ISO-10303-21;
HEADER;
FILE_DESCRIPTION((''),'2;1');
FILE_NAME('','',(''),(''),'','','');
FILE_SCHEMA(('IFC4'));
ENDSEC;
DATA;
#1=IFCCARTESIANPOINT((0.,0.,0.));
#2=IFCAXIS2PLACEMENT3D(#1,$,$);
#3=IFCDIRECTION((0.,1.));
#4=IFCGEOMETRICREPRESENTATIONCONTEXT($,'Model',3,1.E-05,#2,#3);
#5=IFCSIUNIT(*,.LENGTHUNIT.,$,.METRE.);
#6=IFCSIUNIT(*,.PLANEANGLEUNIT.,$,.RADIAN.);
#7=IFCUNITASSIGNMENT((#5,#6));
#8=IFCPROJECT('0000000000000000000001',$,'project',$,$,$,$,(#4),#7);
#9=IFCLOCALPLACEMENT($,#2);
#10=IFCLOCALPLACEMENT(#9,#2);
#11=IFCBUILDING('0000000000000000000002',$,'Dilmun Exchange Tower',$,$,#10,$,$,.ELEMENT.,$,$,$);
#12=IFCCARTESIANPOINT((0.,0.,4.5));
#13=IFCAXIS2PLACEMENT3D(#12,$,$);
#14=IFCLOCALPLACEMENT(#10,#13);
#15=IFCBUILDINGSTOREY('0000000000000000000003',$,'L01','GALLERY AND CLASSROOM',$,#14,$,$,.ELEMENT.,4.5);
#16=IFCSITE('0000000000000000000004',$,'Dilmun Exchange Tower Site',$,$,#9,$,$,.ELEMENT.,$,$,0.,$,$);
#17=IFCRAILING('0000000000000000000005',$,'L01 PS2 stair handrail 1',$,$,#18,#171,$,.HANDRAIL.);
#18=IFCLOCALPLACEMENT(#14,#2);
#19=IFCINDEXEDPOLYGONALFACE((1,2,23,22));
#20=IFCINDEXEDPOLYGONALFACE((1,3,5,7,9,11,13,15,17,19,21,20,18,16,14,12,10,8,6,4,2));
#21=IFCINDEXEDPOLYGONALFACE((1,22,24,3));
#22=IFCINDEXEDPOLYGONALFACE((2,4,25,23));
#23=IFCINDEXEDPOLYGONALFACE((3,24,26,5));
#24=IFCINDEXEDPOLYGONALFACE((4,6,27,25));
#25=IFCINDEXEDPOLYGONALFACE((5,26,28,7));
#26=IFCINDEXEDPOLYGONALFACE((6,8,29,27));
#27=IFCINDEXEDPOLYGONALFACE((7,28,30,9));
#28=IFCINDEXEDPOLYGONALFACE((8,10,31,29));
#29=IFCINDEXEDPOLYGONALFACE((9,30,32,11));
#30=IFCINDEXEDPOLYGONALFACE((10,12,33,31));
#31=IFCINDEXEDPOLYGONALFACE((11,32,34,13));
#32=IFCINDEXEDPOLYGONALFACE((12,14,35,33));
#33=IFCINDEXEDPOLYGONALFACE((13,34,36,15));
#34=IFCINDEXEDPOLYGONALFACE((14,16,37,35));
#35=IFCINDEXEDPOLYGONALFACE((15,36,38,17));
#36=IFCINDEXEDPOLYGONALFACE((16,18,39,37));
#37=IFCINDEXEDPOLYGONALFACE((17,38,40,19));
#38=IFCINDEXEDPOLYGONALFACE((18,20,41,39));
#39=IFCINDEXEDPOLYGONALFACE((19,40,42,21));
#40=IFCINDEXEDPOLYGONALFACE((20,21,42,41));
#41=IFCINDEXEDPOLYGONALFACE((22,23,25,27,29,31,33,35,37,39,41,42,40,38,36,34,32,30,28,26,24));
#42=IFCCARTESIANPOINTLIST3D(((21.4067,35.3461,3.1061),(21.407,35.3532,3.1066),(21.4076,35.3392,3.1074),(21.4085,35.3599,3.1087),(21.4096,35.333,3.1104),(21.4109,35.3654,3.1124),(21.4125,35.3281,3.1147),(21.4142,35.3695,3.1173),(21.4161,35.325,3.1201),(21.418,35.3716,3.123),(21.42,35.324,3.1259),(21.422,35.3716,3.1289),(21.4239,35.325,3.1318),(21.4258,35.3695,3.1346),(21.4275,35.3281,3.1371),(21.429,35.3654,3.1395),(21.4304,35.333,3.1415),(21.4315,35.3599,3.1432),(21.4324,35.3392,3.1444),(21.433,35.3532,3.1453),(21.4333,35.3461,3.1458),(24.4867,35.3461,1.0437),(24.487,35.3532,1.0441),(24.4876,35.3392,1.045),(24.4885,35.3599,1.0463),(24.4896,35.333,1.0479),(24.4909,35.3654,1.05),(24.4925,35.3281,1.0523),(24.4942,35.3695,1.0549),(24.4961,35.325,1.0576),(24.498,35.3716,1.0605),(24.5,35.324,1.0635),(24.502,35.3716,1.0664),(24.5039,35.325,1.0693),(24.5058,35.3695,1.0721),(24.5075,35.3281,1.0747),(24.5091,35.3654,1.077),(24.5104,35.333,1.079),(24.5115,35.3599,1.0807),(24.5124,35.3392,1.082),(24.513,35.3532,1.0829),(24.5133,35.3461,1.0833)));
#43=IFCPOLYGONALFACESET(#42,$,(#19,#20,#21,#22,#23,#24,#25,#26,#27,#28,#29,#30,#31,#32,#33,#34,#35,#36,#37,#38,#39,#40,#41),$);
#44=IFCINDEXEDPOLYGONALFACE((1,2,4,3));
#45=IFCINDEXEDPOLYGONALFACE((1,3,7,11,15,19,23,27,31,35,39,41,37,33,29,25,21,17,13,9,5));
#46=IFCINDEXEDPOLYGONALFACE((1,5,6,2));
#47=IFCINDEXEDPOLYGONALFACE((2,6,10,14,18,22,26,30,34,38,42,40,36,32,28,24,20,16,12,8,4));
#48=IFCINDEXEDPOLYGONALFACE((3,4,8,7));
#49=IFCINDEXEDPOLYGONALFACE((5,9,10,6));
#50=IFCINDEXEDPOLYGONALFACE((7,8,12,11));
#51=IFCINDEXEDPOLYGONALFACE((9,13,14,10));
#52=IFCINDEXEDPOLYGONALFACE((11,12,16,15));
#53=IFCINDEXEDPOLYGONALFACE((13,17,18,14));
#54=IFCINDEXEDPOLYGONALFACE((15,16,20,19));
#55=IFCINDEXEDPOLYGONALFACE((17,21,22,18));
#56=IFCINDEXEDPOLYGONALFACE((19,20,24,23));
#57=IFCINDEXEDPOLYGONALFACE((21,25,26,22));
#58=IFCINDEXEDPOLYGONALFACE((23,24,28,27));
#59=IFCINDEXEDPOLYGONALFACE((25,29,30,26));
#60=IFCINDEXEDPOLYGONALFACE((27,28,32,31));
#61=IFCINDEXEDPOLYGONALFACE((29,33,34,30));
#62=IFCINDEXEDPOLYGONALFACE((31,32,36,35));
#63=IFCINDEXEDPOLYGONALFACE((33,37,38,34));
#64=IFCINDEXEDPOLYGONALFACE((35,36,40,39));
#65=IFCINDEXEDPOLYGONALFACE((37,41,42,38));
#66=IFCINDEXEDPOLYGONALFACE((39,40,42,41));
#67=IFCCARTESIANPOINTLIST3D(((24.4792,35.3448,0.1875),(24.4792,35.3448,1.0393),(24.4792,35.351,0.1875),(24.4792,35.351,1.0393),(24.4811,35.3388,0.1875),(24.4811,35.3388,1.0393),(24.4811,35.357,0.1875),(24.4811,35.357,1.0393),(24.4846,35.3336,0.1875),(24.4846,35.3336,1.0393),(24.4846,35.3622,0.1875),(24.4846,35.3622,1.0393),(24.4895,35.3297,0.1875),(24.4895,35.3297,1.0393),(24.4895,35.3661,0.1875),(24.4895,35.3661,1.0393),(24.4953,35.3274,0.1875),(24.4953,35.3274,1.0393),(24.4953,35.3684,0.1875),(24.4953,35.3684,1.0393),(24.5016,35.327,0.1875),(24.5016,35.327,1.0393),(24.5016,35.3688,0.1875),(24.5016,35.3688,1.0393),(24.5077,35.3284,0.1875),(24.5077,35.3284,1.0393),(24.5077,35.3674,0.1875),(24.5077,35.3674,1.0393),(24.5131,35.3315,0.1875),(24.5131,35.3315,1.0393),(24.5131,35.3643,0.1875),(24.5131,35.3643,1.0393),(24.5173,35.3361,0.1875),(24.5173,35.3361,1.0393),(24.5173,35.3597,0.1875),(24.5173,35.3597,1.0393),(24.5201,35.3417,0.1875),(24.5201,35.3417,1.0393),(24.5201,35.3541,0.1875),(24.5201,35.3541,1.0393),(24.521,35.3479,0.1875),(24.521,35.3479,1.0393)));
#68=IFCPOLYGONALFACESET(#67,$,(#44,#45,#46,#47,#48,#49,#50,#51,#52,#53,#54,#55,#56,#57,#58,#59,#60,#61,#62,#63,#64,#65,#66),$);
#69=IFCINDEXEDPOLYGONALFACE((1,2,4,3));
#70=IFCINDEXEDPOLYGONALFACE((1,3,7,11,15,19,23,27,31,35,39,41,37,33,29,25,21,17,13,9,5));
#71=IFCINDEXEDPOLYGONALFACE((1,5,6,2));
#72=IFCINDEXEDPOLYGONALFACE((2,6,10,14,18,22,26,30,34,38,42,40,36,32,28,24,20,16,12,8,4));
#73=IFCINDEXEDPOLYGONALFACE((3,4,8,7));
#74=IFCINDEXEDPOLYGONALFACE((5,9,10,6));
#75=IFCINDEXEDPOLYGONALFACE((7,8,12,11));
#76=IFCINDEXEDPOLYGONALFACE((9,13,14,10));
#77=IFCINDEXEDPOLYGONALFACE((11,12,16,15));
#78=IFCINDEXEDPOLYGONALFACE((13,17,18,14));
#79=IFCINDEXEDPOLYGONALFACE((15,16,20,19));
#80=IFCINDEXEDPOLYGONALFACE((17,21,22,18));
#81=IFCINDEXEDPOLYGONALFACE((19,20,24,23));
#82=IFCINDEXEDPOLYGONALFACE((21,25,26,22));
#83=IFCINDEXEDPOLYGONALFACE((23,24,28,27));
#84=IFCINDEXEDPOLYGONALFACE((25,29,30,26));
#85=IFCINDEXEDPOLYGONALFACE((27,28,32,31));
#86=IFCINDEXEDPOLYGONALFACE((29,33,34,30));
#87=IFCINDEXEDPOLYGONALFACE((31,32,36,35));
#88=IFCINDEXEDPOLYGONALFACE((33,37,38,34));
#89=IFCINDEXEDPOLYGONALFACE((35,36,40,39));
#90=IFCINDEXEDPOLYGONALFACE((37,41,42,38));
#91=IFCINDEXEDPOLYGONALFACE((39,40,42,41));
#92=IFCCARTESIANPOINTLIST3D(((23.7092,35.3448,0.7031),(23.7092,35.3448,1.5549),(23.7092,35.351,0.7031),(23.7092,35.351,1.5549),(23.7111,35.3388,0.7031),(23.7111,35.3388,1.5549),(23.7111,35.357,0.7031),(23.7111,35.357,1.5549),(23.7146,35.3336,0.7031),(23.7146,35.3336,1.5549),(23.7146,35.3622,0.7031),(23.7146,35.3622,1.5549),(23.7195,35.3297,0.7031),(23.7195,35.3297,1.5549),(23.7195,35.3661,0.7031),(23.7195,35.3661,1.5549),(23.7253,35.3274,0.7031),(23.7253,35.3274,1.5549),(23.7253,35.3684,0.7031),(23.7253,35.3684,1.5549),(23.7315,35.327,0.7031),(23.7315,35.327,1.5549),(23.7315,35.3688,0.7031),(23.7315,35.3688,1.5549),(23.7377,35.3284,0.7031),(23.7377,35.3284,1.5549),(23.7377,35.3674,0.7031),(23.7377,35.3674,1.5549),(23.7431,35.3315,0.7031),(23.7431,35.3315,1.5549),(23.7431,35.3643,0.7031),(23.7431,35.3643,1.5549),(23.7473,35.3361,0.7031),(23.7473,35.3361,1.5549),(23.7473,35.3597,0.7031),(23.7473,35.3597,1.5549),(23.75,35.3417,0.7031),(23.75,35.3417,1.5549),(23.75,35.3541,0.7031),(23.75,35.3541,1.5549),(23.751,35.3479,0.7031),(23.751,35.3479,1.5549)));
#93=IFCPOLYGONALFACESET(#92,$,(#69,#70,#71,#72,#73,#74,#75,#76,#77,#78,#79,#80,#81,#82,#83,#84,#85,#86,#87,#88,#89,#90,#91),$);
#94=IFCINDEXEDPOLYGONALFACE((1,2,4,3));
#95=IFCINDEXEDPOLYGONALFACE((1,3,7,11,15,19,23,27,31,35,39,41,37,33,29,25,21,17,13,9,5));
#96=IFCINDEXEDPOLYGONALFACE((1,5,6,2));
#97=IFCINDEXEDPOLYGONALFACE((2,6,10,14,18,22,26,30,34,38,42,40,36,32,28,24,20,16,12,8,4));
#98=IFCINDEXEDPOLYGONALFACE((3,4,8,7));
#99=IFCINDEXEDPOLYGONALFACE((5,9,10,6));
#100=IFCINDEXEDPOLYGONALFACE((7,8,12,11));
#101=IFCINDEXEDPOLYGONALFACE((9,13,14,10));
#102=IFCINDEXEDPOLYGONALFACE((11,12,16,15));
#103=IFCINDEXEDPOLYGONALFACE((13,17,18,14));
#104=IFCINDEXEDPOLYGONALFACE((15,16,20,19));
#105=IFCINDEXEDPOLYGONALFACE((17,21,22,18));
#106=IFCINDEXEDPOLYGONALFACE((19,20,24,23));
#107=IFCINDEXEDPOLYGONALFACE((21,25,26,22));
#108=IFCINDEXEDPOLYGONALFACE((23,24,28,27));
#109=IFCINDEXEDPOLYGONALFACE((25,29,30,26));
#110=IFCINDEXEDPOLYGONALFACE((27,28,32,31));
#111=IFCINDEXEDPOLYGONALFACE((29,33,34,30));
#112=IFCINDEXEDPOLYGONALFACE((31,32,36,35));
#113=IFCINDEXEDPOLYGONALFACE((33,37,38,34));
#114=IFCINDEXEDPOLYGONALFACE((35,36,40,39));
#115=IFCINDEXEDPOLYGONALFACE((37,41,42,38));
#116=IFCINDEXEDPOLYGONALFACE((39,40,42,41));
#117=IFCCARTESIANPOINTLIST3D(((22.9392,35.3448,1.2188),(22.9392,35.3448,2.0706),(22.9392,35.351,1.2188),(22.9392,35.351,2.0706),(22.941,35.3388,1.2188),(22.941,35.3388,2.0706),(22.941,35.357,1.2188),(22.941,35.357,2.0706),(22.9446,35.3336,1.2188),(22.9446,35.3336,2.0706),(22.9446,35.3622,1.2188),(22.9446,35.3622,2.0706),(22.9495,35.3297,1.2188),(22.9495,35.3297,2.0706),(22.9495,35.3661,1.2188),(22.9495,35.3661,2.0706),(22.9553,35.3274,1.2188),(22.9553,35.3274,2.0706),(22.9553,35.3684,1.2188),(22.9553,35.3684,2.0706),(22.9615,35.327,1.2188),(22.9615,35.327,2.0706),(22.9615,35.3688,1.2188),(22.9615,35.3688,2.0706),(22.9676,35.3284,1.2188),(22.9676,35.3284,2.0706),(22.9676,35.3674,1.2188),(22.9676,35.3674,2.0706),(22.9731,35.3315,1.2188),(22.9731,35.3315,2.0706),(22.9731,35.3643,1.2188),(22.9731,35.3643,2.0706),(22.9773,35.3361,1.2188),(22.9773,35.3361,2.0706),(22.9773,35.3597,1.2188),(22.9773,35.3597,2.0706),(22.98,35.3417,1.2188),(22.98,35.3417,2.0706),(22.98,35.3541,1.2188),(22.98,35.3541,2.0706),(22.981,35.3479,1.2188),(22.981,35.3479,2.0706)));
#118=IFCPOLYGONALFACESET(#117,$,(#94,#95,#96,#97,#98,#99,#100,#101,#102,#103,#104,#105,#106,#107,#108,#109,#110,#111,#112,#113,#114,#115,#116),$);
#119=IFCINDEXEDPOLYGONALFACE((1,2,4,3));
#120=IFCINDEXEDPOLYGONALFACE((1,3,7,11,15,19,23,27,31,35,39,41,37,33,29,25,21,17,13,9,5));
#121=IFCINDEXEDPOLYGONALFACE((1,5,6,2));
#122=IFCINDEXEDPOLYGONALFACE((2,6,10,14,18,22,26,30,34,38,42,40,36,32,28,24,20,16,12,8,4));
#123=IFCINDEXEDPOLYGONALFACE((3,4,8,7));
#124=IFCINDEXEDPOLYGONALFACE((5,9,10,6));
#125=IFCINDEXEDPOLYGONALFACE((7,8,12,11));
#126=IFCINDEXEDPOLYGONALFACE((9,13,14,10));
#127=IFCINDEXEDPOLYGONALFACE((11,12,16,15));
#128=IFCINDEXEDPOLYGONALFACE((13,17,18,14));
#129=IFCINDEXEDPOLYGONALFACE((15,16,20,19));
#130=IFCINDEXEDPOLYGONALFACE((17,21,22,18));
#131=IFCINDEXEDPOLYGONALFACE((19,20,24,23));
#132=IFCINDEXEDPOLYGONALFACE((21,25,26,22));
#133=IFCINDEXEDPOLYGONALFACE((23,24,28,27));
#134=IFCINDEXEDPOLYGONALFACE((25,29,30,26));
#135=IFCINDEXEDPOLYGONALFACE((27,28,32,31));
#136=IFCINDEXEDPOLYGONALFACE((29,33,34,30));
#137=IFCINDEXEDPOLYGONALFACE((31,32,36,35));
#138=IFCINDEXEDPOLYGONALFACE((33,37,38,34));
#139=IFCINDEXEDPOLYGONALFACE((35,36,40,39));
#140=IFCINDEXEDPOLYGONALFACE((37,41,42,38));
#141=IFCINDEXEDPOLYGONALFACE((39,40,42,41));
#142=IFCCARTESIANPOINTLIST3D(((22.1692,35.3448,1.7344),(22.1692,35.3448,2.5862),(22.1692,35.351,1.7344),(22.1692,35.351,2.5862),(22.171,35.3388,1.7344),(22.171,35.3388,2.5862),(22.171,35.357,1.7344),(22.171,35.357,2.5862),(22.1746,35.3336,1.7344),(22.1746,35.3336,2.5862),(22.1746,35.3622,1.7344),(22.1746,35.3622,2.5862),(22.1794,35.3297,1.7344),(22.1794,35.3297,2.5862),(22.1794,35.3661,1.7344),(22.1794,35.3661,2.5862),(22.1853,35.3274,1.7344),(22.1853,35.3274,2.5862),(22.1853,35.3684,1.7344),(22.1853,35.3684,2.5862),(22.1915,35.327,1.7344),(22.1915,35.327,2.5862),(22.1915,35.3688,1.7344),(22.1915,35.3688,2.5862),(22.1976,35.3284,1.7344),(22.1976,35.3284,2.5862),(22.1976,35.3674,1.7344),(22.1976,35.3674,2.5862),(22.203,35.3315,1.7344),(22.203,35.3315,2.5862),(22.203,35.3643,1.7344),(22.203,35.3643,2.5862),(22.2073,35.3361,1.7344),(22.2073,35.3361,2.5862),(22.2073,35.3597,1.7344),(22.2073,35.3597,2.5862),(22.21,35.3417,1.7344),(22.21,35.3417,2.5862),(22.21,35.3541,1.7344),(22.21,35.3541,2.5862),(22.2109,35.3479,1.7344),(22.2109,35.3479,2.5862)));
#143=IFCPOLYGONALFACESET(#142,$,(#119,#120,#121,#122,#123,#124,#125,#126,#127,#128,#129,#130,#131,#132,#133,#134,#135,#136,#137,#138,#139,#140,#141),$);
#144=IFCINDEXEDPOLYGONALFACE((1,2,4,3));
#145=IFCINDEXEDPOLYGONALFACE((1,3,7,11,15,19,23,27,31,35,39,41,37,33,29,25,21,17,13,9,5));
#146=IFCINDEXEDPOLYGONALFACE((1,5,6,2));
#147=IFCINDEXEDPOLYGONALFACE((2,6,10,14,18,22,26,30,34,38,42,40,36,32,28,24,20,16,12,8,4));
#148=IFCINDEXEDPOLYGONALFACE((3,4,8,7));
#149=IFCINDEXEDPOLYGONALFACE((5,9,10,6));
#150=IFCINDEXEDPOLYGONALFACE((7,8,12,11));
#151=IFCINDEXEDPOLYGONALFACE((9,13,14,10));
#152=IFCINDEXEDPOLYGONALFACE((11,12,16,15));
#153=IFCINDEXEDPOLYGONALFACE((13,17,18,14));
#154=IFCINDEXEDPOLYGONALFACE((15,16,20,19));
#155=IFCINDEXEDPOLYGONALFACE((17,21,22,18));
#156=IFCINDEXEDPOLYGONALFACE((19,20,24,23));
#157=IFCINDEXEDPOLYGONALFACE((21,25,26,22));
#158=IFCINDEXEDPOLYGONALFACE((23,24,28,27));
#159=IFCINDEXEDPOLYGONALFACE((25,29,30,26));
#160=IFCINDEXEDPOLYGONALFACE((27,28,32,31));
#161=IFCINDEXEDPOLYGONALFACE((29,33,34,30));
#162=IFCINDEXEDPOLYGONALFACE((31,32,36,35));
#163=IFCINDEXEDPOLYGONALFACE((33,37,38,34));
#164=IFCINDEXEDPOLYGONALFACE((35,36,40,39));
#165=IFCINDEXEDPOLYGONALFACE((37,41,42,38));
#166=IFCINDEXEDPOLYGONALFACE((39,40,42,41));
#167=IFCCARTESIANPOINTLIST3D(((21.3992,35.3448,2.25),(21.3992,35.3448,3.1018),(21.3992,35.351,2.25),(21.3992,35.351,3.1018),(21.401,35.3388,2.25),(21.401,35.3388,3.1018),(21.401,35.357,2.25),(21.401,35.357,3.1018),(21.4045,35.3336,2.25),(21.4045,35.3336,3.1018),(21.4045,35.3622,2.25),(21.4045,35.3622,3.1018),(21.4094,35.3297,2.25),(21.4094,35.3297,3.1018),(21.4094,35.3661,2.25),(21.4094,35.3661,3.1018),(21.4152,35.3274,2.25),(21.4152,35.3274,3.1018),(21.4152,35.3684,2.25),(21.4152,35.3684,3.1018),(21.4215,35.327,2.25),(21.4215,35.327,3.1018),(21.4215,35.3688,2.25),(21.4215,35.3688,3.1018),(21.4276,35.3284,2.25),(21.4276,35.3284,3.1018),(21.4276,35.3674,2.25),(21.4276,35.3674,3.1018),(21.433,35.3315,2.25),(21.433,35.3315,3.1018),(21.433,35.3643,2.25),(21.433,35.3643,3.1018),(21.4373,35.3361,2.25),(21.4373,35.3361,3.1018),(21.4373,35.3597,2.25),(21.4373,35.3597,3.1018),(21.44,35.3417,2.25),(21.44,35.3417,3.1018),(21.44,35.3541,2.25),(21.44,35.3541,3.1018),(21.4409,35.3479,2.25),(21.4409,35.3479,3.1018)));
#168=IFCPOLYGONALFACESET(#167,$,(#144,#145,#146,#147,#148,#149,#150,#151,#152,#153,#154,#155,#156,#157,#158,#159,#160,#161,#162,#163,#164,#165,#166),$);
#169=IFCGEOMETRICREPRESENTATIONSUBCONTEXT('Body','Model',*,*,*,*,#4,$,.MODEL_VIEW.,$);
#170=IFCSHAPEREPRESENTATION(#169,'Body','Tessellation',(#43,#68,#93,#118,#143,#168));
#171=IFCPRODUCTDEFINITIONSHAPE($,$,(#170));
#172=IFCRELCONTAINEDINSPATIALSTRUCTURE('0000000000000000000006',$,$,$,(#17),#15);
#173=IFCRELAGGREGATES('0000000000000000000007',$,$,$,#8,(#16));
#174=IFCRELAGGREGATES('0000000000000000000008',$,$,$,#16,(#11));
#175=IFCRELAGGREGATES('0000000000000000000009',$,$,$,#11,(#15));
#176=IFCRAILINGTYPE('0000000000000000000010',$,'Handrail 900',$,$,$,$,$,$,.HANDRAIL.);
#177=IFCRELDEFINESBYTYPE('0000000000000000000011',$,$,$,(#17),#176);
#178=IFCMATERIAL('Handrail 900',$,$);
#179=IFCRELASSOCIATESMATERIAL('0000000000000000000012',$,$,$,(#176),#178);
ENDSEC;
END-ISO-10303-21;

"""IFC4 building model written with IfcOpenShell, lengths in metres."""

from ifc_helpers import new_model, si_unit, direction, frame, origin, origin_2d, place, context, subcontext, project, spatial, circle, extrude, material, type_object, element, save


model = new_model("IFC4")

# Units and contexts
model_context = context("Model", 3, precision=1e-05, world=origin(), true_north=direction((0.0, 1.0)))
body_context = subcontext(model_context, "Body", "Model", "MODEL_VIEW")
ifc_project = project(units=[si_unit("LENGTHUNIT", "METRE"), si_unit("PLANEANGLEUNIT", "RADIAN")], contexts=[model_context])

# Site, building, storey
site_placement = place(None, origin())
site = spatial("IfcSite", under=ifc_project, at=site_placement, Name="Dilmun Exchange Tower Site", CompositionType="ELEMENT", RefElevation=0.0)
building_placement = place(site_placement, origin())
building = spatial("IfcBuilding", under=site, at=building_placement, Name="Dilmun Exchange Tower", CompositionType="ELEMENT")
storey_placement = place(building_placement, frame((0.0, 0.0, 4.5)))
storey = spatial("IfcBuildingStorey", under=building, at=storey_placement, Name="L01", Description="GALLERY AND CLASSROOM", CompositionType="ELEMENT", Elevation=4.5)

# Railing
ifc_material_1 = material(Name="Handrail 900")
railing_type_1 = type_object("IfcRailingType", Name="Handrail 900", PredefinedType="HANDRAIL", material=ifc_material_1)
railing_1_placement = place(storey_placement, frame((24.5, 35.3479, 0.1875)))
element("IfcRailing", 1, at=railing_1_placement, inside=storey, type_object=railing_type_1, Name="L01 PS2 stair handrail 1", PredefinedType="HANDRAIL", context=body_context, shape_type="SweptSolid", body=[
    extrude(circle(Radius=0.0239, at=origin_2d()), frame((0.0, 0.0, 0.876), z_axis=(-0.830914, 0.0, 0.556401), x_axis=(0.0, -1.0, 0.0)), (0.0, 0.0, 1.0), 3.7068),
    extrude(circle(Radius=0.021, at=origin_2d()), origin(), (0.0, 0.0, 1.0), 0.8518),
    extrude(circle(Radius=0.021, at=origin_2d()), frame((-0.77, 0.0, 0.5156)), (0.0, 0.0, 1.0), 0.8518),
    extrude(circle(Radius=0.021, at=origin_2d()), frame((-1.54, 0.0, 1.0312)), (0.0, 0.0, 1.0), 0.8518),
    extrude(circle(Radius=0.021, at=origin_2d()), frame((-2.3101, 0.0, 1.5469)), (0.0, 0.0, 1.0), 0.8518),
    extrude(circle(Radius=0.021, at=origin_2d()), frame((-3.0801, 0.0, 2.0625)), (0.0, 0.0, 1.0), 0.8518),
])

save(model, "model.ifc")
